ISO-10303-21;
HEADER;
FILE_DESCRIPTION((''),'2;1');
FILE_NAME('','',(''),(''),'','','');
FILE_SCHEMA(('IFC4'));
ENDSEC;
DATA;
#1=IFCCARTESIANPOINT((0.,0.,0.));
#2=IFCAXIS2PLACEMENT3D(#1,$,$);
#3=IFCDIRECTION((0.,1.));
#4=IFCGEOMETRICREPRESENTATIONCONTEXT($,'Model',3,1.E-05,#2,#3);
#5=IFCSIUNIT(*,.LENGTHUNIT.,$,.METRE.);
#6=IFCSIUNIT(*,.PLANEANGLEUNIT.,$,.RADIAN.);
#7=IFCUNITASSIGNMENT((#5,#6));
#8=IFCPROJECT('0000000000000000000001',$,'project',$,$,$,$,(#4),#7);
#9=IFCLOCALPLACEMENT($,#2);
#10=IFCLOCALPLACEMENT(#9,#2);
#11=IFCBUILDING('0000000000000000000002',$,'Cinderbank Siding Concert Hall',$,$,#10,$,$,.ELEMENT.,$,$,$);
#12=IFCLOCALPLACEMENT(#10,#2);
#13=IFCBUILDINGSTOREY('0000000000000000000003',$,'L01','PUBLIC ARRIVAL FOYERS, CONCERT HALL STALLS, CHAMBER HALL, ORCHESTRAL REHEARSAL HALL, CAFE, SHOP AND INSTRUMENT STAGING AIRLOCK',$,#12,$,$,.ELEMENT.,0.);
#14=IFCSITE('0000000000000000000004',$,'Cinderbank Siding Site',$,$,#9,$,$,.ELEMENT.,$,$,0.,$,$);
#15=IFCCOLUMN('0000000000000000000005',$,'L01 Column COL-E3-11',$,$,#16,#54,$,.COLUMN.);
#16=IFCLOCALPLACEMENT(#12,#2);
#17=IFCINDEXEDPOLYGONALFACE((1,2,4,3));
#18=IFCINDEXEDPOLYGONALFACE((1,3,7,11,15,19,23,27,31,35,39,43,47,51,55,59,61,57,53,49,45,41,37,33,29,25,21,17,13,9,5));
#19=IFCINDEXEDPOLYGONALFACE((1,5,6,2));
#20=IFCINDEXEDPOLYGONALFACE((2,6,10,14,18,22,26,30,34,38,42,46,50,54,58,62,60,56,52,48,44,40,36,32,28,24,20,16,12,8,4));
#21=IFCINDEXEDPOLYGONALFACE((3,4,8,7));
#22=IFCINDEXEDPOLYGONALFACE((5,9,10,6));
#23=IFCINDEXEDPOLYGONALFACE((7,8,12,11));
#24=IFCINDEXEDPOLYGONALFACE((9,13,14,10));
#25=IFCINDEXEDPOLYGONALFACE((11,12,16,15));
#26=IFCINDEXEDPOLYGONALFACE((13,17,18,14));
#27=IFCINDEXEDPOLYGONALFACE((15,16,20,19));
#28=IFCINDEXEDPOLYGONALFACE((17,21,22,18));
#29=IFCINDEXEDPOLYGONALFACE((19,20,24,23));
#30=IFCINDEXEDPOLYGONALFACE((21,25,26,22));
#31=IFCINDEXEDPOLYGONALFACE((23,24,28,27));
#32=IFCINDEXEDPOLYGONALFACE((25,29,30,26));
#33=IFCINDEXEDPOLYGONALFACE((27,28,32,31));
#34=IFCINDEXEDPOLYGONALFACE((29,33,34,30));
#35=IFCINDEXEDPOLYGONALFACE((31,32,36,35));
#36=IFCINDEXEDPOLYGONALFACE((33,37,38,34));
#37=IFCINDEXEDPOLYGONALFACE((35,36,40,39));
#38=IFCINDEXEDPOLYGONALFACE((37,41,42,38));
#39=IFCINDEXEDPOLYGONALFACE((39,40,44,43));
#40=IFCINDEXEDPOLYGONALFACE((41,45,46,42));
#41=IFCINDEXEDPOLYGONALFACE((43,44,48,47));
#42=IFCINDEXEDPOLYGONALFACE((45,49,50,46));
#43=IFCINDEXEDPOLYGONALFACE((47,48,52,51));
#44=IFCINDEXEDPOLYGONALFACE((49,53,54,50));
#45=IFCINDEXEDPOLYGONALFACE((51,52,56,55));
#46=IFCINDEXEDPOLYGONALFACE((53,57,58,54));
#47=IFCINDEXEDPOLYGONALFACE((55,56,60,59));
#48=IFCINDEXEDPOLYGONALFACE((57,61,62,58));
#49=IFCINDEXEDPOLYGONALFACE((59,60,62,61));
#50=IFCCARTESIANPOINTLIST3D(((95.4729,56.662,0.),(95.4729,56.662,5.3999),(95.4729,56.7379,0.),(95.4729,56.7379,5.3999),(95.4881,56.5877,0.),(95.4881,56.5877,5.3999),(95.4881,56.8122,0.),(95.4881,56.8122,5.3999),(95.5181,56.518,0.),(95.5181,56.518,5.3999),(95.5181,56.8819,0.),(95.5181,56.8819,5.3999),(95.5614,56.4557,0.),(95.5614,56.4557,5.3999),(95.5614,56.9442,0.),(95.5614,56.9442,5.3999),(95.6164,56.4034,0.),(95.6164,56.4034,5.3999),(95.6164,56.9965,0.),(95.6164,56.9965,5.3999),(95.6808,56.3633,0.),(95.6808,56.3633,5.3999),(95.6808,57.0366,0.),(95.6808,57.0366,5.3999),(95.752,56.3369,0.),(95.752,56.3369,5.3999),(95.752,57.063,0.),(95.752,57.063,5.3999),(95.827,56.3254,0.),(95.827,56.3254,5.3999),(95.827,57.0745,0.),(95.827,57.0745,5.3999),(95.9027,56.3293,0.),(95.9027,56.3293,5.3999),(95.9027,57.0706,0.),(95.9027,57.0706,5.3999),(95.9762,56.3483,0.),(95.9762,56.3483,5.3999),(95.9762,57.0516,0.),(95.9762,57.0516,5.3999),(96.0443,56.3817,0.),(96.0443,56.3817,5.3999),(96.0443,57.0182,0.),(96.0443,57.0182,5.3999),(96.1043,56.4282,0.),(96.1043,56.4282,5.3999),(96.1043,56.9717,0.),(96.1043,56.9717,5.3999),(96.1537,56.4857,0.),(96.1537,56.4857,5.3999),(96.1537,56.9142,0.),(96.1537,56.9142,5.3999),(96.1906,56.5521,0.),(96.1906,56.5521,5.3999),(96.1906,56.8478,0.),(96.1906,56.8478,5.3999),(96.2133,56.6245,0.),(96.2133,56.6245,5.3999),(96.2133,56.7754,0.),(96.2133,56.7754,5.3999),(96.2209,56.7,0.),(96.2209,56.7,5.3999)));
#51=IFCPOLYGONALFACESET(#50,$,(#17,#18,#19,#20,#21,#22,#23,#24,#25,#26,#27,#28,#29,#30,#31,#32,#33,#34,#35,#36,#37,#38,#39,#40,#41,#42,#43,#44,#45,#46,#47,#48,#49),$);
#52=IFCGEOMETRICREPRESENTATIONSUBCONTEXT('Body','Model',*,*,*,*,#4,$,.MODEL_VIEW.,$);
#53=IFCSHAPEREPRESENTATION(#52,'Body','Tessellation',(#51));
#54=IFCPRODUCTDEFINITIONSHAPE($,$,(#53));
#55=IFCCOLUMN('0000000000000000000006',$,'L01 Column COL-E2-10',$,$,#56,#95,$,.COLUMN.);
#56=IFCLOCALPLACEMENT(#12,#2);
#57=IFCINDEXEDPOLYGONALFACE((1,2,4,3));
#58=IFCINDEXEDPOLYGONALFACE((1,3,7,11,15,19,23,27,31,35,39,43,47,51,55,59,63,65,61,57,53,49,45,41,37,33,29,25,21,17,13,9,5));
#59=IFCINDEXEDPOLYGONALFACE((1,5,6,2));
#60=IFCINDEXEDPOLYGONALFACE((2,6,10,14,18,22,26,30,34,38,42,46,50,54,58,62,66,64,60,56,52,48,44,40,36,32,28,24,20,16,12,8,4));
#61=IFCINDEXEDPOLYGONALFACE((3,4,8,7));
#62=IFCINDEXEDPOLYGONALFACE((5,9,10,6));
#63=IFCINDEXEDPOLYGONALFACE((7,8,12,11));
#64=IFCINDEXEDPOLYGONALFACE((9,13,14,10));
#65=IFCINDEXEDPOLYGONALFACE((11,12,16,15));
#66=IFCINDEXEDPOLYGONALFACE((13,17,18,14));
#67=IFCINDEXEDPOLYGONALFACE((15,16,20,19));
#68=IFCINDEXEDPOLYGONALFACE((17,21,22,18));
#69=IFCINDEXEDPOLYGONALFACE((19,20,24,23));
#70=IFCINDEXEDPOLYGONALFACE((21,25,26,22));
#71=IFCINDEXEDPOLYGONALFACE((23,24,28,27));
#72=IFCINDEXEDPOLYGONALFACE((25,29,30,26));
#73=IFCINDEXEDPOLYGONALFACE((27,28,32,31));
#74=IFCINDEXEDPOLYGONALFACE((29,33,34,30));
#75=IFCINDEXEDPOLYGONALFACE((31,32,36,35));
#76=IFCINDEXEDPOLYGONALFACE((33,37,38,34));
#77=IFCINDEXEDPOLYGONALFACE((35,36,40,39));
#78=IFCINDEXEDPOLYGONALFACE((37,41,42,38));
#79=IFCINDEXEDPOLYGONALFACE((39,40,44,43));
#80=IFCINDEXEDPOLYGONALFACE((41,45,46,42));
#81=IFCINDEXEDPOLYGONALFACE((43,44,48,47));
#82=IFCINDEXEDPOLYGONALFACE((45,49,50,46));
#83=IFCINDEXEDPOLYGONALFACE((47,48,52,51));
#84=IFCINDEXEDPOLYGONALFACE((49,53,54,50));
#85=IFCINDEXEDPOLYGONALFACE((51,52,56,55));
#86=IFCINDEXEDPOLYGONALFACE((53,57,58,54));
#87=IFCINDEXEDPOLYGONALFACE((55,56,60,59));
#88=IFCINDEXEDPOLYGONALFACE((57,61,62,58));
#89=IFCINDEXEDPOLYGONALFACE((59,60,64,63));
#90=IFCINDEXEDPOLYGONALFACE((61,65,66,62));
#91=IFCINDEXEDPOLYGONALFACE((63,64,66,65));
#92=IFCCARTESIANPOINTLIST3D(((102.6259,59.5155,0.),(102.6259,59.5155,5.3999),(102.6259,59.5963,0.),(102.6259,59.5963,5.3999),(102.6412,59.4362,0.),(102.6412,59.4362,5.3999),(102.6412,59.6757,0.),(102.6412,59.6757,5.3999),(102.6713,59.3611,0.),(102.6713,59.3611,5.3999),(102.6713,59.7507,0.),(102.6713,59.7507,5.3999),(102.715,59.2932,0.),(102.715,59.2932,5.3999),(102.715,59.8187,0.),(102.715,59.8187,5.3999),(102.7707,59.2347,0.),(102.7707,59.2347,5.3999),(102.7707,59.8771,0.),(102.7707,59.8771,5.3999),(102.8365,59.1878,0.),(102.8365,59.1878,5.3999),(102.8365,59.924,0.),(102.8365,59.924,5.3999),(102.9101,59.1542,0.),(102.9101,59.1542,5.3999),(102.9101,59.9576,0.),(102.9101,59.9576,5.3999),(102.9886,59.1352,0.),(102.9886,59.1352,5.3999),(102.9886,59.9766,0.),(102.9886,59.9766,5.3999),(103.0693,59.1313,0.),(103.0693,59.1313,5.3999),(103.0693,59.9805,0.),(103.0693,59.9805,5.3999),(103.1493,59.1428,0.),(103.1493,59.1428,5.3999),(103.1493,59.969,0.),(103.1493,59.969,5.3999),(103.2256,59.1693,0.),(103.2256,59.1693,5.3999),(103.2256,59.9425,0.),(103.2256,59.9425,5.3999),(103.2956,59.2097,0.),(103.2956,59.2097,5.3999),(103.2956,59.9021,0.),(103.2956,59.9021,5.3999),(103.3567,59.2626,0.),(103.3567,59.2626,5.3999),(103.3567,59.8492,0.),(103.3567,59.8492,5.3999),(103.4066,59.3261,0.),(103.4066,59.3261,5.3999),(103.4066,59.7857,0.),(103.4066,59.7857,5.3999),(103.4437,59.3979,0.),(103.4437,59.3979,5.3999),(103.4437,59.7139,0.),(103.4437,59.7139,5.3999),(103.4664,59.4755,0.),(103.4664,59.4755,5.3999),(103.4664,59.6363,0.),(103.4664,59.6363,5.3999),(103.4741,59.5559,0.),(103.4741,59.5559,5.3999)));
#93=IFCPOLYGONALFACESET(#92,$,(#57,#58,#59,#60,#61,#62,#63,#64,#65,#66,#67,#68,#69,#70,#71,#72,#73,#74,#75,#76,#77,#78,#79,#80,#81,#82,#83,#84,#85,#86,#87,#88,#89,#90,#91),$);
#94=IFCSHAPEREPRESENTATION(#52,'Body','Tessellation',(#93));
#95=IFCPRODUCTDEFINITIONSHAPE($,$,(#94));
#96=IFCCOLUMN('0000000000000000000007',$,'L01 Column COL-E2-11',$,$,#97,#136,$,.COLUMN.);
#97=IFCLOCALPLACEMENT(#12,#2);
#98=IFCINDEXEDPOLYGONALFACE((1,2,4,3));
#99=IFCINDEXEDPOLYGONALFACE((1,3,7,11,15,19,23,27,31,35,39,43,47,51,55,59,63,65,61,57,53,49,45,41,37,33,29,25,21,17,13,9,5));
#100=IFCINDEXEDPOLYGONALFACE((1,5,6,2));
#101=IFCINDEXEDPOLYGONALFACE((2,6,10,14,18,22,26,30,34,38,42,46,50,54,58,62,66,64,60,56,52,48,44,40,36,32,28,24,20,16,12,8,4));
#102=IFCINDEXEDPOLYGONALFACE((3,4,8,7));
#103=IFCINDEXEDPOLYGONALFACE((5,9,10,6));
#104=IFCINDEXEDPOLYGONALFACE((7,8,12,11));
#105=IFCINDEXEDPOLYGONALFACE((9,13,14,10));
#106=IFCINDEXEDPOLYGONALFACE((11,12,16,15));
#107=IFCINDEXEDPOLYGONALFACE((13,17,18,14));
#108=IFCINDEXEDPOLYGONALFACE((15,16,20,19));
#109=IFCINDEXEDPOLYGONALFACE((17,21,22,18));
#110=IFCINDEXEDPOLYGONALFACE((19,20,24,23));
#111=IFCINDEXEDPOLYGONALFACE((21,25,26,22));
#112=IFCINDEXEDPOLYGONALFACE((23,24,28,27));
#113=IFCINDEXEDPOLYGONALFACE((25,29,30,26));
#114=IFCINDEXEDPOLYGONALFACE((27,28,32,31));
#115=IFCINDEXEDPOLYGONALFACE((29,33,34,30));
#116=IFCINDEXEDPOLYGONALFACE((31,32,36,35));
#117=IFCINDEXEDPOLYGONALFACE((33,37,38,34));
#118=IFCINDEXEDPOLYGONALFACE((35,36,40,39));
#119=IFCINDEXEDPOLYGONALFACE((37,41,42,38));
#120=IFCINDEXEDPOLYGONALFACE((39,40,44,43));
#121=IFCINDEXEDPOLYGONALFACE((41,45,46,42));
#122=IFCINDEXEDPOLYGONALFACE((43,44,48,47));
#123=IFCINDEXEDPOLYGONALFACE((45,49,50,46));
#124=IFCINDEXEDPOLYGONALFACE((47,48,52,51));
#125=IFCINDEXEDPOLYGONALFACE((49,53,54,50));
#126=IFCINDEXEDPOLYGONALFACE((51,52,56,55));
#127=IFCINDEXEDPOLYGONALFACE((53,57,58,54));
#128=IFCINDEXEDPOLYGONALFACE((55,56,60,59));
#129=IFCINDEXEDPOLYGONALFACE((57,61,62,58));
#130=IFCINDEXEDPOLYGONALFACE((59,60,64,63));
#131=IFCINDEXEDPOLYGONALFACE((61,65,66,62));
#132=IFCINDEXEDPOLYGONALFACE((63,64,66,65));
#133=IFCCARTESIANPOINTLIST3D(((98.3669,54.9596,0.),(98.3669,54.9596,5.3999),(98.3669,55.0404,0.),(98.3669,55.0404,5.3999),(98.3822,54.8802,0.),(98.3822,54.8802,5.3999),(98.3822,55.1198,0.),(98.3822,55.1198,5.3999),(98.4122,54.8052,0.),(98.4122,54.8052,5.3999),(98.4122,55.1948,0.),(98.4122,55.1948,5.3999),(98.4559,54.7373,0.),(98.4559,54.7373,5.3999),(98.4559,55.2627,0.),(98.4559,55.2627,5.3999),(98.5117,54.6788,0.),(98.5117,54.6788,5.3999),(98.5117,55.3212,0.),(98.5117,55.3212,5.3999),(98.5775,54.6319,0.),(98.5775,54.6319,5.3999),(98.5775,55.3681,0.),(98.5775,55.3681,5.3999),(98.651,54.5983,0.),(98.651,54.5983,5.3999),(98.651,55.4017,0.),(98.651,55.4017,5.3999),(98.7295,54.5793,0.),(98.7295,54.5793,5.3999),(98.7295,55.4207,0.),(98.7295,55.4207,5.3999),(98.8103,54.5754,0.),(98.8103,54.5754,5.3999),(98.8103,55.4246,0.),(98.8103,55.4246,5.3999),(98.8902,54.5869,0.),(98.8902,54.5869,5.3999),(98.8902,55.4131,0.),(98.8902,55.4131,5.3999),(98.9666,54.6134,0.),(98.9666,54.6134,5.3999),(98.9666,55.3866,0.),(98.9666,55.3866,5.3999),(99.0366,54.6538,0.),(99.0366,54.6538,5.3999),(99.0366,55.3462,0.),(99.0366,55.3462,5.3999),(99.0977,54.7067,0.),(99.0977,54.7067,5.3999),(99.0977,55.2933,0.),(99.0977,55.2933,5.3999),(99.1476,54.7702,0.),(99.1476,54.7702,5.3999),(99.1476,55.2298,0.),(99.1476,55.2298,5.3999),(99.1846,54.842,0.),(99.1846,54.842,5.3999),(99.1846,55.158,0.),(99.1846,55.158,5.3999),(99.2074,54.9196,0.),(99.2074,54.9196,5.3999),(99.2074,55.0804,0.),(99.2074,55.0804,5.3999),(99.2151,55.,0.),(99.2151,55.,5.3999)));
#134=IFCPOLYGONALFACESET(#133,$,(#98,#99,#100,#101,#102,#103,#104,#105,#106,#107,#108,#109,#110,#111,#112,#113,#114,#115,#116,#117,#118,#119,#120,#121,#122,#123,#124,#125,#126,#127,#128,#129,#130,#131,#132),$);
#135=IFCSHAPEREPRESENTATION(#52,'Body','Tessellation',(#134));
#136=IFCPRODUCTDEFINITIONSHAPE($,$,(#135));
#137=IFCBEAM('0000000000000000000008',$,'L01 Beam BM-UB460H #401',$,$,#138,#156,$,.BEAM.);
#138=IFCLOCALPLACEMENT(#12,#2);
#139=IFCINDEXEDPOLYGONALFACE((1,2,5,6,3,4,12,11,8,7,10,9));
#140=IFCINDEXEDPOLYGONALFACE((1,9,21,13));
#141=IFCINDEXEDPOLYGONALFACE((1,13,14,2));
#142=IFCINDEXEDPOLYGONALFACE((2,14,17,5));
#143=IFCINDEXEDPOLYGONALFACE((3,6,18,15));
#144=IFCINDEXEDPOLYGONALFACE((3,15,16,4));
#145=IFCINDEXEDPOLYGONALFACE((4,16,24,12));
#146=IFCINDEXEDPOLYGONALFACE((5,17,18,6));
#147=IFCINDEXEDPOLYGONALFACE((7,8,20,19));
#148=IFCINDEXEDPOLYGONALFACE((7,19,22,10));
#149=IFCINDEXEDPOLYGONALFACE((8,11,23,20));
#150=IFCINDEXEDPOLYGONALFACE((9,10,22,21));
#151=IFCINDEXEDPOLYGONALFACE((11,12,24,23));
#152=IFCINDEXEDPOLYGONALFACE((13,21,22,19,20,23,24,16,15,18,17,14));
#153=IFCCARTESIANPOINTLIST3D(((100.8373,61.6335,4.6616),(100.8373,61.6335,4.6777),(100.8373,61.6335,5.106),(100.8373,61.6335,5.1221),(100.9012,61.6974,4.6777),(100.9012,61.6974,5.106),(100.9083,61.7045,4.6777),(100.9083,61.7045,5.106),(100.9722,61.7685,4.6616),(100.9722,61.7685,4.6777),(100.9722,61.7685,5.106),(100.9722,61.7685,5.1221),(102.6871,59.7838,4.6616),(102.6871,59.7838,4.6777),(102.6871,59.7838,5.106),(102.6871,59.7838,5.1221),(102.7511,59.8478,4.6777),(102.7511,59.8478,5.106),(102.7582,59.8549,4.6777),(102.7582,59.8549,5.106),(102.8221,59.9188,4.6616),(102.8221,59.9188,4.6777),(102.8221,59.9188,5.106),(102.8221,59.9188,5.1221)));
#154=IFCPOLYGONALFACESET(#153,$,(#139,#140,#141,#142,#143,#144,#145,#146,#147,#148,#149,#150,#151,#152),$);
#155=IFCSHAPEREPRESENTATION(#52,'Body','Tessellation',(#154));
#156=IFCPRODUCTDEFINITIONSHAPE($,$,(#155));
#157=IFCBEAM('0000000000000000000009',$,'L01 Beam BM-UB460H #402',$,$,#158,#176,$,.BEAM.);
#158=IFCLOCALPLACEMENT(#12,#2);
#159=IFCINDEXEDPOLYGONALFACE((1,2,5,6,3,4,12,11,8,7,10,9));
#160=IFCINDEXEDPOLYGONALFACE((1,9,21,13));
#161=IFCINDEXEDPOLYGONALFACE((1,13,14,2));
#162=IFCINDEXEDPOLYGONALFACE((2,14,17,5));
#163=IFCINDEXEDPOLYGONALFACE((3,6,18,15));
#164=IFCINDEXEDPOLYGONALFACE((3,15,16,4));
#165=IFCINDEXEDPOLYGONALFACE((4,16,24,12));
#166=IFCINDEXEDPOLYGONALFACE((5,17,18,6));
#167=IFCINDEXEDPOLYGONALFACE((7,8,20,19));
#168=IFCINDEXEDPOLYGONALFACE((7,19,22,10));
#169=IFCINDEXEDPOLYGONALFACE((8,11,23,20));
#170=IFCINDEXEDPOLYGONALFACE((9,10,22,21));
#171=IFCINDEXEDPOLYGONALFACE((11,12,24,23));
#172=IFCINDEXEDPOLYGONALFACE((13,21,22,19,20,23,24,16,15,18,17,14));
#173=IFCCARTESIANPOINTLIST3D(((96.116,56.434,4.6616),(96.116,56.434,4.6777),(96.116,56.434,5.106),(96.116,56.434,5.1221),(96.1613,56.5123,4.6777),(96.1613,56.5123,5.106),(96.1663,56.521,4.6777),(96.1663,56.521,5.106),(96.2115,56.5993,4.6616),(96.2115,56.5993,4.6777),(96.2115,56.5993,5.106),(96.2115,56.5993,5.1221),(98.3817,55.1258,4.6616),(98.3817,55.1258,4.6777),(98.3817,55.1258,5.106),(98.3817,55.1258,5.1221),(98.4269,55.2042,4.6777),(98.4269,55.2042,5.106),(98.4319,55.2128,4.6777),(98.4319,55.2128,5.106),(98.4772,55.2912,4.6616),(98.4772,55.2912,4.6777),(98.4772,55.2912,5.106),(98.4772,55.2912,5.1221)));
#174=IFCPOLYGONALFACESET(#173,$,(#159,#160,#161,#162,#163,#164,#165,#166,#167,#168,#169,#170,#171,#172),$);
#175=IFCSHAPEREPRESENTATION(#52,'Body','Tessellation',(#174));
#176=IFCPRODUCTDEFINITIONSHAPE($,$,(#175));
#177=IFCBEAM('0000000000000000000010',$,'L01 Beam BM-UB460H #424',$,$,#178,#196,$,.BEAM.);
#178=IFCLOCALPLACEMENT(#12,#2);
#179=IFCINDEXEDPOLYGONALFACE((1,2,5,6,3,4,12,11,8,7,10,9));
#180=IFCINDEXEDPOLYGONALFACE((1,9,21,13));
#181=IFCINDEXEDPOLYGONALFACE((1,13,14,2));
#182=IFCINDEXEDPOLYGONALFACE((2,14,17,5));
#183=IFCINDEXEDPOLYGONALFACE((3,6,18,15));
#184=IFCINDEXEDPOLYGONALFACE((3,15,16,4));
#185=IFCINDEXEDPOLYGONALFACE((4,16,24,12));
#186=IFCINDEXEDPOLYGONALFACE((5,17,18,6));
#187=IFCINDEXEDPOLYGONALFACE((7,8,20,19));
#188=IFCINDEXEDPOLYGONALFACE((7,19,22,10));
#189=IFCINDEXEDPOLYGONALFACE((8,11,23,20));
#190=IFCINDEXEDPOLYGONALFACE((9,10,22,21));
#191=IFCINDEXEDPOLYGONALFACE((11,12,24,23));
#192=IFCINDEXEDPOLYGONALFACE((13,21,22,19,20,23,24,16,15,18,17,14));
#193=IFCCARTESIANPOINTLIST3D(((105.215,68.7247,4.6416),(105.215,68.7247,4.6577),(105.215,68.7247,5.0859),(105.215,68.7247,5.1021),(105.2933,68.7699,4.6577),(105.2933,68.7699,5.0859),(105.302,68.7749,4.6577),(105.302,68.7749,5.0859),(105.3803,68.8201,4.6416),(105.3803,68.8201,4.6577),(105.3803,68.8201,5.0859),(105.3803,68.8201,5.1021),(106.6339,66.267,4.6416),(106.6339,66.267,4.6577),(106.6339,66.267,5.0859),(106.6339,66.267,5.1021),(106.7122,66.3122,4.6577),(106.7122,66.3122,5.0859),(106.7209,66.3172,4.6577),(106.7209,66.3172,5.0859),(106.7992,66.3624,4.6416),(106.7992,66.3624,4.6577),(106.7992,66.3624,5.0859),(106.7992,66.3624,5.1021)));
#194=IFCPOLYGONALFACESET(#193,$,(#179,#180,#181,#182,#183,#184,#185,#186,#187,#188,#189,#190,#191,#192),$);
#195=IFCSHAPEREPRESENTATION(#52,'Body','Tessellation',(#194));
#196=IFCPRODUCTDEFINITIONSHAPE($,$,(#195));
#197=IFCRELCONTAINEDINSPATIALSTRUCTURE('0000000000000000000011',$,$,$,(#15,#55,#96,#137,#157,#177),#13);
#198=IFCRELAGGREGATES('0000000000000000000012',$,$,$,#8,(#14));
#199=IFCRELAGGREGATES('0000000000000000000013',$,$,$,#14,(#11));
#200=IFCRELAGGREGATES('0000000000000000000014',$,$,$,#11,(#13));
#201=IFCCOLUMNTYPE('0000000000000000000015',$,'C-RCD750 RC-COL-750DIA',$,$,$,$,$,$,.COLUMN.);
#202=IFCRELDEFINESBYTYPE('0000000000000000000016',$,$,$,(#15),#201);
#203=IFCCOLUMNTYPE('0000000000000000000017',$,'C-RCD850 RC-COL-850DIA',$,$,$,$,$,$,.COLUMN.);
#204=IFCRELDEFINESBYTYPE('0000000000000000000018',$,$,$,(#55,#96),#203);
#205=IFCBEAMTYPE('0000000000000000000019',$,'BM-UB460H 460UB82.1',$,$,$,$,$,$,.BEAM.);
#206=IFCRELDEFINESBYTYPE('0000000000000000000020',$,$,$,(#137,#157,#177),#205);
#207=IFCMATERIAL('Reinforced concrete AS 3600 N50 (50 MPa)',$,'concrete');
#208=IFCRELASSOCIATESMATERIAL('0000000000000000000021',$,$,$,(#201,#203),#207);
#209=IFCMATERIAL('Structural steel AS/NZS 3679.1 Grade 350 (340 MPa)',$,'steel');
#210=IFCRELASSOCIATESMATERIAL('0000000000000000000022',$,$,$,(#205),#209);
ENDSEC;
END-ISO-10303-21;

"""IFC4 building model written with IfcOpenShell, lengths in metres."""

from ifc_helpers import new_model, si_unit, direction, frame, origin, origin_2d, place, context, subcontext, project, spatial, circle, i_section, extrude, material, material_profile, profile_set, type_object, element, save


model = new_model("IFC4")

# Units and contexts
model_context = context("Model", 3, precision=1e-05, world=origin(), true_north=direction((0.0, 1.0)))
body_context = subcontext(model_context, "Body", "Model", "MODEL_VIEW")
ifc_project = project(units=[si_unit("LENGTHUNIT", "METRE"), si_unit("PLANEANGLEUNIT", "RADIAN")], contexts=[model_context])

# Site, building, storey
site_placement = place(None, origin())
site = spatial("IfcSite", under=ifc_project, at=site_placement, Name="Cinderbank Siding Site", CompositionType="ELEMENT", RefElevation=0.0)
building_placement = place(site_placement, origin())
building = spatial("IfcBuilding", under=site, at=building_placement, Name="Cinderbank Siding Concert Hall", CompositionType="ELEMENT")
storey_placement = place(building_placement, origin())
storey = spatial("IfcBuildingStorey", under=building, at=storey_placement, Name="L01", Description="PUBLIC ARRIVAL FOYERS, CONCERT HALL STALLS, CHAMBER HALL, ORCHESTRAL REHEARSAL HALL, CAFE, SHOP AND INSTRUMENT STAGING AIRLOCK", CompositionType="ELEMENT", Elevation=0.0)

# Columns
ifc_material_1 = material(Name="Reinforced concrete AS 3600 N50 (50 MPa)", Category="concrete")
ifc_material_profile_1 = material_profile(ifc_material_1, circle(Radius=0.375, at=origin_2d()), Name="RC-COL-750DIA", Category="LoadBearing")
ifc_profile_set_1 = profile_set([ifc_material_profile_1], Name="Reinforced concrete AS 3600 N50 (50 MPa)")
column_type_1 = type_object("IfcColumnType", Name="C-RCD750 RC-COL-750DIA", PredefinedType="COLUMN", material=ifc_profile_set_1)
for number, where, z_axis, x_axis, name in (
    (1, (95.8459, 56.7, 0.0), (0.0, 0.0, 1.0), (1.0, 0.0, 0.0), "L01 Column COL-E3-11"),
):
    element("IfcColumn", number, at=place(storey_placement, frame(where, z_axis=z_axis, x_axis=x_axis)), inside=storey, type_object=column_type_1, Name=name, PredefinedType="COLUMN", context=body_context, shape_type="SweptSolid", body=[
        extrude(circle(Radius=0.375, at=origin_2d()), origin(), (0.0, 0.0, 1.0), 5.3999),
    ])
ifc_material_profile_2 = material_profile(ifc_material_1, circle(Radius=0.425, at=origin_2d()), Name="RC-COL-850DIA", Category="LoadBearing")
ifc_profile_set_2 = profile_set([ifc_material_profile_2], Name="Reinforced concrete AS 3600 N50 (50 MPa)")
column_type_2 = type_object("IfcColumnType", Name="C-RCD850 RC-COL-850DIA", PredefinedType="COLUMN", material=ifc_profile_set_2)
for number, where, z_axis, x_axis, name in (
    (2, (103.0491, 59.5559, 0.0), (0.0, 0.0, 1.0), (1.0, 0.0, 0.0), "L01 Column COL-E2-10"),
    (3, (98.79, 55.0, 0.0), (0.0, 0.0, 1.0), (1.0, 0.0, 0.0), "L01 Column COL-E2-11"),
):
    element("IfcColumn", number, at=place(storey_placement, frame(where, z_axis=z_axis, x_axis=x_axis)), inside=storey, type_object=column_type_2, Name=name, PredefinedType="COLUMN", context=body_context, shape_type="SweptSolid", body=[
        extrude(circle(Radius=0.425, at=origin_2d()), origin(), (0.0, 0.0, 1.0), 5.3999),
    ])

# Beams
ifc_material_2 = material(Name="Structural steel AS/NZS 3679.1 Grade 350 (340 MPa)", Category="steel")
ifc_material_profile_3 = material_profile(ifc_material_2, i_section(OverallWidth=0.1909, OverallDepth=0.4604, WebThickness=0.01, FlangeThickness=0.0161, at=origin_2d()), Name="460UB82.1", Category="LoadBearing")
ifc_profile_set_3 = profile_set([ifc_material_profile_3], Name="Structural steel AS/NZS 3679.1 Grade 350 (340 MPa)")
beam_type_1 = type_object("IfcBeamType", Name="BM-UB460H 460UB82.1", PredefinedType="BEAM", material=ifc_profile_set_3)
beam_1_placement = place(storey_placement, frame((102.7546, 59.8513, 4.8918), z_axis=(-0.707153, 0.70706, 0.0), x_axis=(-0.70706, -0.707153, 0.0)))
element("IfcBeam", 4, at=beam_1_placement, inside=storey, type_object=beam_type_1, Name="L01 Beam BM-UB460H #401", PredefinedType="BEAM", context=body_context, shape_type="SweptSolid", body=[
    extrude(i_section(OverallWidth=0.1909, OverallDepth=0.4604, WebThickness=0.01, FlangeThickness=0.0161, at=origin_2d()), origin(), (0.0, 0.0, 1.0), 2.616),
])
beam_2_placement = place(storey_placement, frame((98.4294, 55.2085, 4.8918), z_axis=(-0.866018, 0.500013, 0.0), x_axis=(-0.500013, -0.866018, 0.0)))
element("IfcBeam", 5, at=beam_2_placement, inside=storey, type_object=beam_type_1, Name="L01 Beam BM-UB460H #402", PredefinedType="BEAM", context=body_context, shape_type="SweptSolid", body=[
    extrude(i_section(OverallWidth=0.1909, OverallDepth=0.4604, WebThickness=0.01, FlangeThickness=0.0161, at=origin_2d()), origin(), (0.0, 0.0, 1.0), 2.6162),
])
beam_3_placement = place(storey_placement, frame((106.7166, 66.3147, 4.8718), z_axis=(-0.499988, 0.866032, 0.0), x_axis=(-0.866032, -0.499988, 0.0)))
element("IfcBeam", 6, at=beam_3_placement, inside=storey, type_object=beam_type_1, Name="L01 Beam BM-UB460H #424", PredefinedType="BEAM", context=body_context, shape_type="SweptSolid", body=[
    extrude(i_section(OverallWidth=0.1909, OverallDepth=0.4604, WebThickness=0.01, FlangeThickness=0.0161, at=origin_2d()), origin(), (0.0, 0.0, 1.0), 2.8379),
])

save(model, "model.ifc")
